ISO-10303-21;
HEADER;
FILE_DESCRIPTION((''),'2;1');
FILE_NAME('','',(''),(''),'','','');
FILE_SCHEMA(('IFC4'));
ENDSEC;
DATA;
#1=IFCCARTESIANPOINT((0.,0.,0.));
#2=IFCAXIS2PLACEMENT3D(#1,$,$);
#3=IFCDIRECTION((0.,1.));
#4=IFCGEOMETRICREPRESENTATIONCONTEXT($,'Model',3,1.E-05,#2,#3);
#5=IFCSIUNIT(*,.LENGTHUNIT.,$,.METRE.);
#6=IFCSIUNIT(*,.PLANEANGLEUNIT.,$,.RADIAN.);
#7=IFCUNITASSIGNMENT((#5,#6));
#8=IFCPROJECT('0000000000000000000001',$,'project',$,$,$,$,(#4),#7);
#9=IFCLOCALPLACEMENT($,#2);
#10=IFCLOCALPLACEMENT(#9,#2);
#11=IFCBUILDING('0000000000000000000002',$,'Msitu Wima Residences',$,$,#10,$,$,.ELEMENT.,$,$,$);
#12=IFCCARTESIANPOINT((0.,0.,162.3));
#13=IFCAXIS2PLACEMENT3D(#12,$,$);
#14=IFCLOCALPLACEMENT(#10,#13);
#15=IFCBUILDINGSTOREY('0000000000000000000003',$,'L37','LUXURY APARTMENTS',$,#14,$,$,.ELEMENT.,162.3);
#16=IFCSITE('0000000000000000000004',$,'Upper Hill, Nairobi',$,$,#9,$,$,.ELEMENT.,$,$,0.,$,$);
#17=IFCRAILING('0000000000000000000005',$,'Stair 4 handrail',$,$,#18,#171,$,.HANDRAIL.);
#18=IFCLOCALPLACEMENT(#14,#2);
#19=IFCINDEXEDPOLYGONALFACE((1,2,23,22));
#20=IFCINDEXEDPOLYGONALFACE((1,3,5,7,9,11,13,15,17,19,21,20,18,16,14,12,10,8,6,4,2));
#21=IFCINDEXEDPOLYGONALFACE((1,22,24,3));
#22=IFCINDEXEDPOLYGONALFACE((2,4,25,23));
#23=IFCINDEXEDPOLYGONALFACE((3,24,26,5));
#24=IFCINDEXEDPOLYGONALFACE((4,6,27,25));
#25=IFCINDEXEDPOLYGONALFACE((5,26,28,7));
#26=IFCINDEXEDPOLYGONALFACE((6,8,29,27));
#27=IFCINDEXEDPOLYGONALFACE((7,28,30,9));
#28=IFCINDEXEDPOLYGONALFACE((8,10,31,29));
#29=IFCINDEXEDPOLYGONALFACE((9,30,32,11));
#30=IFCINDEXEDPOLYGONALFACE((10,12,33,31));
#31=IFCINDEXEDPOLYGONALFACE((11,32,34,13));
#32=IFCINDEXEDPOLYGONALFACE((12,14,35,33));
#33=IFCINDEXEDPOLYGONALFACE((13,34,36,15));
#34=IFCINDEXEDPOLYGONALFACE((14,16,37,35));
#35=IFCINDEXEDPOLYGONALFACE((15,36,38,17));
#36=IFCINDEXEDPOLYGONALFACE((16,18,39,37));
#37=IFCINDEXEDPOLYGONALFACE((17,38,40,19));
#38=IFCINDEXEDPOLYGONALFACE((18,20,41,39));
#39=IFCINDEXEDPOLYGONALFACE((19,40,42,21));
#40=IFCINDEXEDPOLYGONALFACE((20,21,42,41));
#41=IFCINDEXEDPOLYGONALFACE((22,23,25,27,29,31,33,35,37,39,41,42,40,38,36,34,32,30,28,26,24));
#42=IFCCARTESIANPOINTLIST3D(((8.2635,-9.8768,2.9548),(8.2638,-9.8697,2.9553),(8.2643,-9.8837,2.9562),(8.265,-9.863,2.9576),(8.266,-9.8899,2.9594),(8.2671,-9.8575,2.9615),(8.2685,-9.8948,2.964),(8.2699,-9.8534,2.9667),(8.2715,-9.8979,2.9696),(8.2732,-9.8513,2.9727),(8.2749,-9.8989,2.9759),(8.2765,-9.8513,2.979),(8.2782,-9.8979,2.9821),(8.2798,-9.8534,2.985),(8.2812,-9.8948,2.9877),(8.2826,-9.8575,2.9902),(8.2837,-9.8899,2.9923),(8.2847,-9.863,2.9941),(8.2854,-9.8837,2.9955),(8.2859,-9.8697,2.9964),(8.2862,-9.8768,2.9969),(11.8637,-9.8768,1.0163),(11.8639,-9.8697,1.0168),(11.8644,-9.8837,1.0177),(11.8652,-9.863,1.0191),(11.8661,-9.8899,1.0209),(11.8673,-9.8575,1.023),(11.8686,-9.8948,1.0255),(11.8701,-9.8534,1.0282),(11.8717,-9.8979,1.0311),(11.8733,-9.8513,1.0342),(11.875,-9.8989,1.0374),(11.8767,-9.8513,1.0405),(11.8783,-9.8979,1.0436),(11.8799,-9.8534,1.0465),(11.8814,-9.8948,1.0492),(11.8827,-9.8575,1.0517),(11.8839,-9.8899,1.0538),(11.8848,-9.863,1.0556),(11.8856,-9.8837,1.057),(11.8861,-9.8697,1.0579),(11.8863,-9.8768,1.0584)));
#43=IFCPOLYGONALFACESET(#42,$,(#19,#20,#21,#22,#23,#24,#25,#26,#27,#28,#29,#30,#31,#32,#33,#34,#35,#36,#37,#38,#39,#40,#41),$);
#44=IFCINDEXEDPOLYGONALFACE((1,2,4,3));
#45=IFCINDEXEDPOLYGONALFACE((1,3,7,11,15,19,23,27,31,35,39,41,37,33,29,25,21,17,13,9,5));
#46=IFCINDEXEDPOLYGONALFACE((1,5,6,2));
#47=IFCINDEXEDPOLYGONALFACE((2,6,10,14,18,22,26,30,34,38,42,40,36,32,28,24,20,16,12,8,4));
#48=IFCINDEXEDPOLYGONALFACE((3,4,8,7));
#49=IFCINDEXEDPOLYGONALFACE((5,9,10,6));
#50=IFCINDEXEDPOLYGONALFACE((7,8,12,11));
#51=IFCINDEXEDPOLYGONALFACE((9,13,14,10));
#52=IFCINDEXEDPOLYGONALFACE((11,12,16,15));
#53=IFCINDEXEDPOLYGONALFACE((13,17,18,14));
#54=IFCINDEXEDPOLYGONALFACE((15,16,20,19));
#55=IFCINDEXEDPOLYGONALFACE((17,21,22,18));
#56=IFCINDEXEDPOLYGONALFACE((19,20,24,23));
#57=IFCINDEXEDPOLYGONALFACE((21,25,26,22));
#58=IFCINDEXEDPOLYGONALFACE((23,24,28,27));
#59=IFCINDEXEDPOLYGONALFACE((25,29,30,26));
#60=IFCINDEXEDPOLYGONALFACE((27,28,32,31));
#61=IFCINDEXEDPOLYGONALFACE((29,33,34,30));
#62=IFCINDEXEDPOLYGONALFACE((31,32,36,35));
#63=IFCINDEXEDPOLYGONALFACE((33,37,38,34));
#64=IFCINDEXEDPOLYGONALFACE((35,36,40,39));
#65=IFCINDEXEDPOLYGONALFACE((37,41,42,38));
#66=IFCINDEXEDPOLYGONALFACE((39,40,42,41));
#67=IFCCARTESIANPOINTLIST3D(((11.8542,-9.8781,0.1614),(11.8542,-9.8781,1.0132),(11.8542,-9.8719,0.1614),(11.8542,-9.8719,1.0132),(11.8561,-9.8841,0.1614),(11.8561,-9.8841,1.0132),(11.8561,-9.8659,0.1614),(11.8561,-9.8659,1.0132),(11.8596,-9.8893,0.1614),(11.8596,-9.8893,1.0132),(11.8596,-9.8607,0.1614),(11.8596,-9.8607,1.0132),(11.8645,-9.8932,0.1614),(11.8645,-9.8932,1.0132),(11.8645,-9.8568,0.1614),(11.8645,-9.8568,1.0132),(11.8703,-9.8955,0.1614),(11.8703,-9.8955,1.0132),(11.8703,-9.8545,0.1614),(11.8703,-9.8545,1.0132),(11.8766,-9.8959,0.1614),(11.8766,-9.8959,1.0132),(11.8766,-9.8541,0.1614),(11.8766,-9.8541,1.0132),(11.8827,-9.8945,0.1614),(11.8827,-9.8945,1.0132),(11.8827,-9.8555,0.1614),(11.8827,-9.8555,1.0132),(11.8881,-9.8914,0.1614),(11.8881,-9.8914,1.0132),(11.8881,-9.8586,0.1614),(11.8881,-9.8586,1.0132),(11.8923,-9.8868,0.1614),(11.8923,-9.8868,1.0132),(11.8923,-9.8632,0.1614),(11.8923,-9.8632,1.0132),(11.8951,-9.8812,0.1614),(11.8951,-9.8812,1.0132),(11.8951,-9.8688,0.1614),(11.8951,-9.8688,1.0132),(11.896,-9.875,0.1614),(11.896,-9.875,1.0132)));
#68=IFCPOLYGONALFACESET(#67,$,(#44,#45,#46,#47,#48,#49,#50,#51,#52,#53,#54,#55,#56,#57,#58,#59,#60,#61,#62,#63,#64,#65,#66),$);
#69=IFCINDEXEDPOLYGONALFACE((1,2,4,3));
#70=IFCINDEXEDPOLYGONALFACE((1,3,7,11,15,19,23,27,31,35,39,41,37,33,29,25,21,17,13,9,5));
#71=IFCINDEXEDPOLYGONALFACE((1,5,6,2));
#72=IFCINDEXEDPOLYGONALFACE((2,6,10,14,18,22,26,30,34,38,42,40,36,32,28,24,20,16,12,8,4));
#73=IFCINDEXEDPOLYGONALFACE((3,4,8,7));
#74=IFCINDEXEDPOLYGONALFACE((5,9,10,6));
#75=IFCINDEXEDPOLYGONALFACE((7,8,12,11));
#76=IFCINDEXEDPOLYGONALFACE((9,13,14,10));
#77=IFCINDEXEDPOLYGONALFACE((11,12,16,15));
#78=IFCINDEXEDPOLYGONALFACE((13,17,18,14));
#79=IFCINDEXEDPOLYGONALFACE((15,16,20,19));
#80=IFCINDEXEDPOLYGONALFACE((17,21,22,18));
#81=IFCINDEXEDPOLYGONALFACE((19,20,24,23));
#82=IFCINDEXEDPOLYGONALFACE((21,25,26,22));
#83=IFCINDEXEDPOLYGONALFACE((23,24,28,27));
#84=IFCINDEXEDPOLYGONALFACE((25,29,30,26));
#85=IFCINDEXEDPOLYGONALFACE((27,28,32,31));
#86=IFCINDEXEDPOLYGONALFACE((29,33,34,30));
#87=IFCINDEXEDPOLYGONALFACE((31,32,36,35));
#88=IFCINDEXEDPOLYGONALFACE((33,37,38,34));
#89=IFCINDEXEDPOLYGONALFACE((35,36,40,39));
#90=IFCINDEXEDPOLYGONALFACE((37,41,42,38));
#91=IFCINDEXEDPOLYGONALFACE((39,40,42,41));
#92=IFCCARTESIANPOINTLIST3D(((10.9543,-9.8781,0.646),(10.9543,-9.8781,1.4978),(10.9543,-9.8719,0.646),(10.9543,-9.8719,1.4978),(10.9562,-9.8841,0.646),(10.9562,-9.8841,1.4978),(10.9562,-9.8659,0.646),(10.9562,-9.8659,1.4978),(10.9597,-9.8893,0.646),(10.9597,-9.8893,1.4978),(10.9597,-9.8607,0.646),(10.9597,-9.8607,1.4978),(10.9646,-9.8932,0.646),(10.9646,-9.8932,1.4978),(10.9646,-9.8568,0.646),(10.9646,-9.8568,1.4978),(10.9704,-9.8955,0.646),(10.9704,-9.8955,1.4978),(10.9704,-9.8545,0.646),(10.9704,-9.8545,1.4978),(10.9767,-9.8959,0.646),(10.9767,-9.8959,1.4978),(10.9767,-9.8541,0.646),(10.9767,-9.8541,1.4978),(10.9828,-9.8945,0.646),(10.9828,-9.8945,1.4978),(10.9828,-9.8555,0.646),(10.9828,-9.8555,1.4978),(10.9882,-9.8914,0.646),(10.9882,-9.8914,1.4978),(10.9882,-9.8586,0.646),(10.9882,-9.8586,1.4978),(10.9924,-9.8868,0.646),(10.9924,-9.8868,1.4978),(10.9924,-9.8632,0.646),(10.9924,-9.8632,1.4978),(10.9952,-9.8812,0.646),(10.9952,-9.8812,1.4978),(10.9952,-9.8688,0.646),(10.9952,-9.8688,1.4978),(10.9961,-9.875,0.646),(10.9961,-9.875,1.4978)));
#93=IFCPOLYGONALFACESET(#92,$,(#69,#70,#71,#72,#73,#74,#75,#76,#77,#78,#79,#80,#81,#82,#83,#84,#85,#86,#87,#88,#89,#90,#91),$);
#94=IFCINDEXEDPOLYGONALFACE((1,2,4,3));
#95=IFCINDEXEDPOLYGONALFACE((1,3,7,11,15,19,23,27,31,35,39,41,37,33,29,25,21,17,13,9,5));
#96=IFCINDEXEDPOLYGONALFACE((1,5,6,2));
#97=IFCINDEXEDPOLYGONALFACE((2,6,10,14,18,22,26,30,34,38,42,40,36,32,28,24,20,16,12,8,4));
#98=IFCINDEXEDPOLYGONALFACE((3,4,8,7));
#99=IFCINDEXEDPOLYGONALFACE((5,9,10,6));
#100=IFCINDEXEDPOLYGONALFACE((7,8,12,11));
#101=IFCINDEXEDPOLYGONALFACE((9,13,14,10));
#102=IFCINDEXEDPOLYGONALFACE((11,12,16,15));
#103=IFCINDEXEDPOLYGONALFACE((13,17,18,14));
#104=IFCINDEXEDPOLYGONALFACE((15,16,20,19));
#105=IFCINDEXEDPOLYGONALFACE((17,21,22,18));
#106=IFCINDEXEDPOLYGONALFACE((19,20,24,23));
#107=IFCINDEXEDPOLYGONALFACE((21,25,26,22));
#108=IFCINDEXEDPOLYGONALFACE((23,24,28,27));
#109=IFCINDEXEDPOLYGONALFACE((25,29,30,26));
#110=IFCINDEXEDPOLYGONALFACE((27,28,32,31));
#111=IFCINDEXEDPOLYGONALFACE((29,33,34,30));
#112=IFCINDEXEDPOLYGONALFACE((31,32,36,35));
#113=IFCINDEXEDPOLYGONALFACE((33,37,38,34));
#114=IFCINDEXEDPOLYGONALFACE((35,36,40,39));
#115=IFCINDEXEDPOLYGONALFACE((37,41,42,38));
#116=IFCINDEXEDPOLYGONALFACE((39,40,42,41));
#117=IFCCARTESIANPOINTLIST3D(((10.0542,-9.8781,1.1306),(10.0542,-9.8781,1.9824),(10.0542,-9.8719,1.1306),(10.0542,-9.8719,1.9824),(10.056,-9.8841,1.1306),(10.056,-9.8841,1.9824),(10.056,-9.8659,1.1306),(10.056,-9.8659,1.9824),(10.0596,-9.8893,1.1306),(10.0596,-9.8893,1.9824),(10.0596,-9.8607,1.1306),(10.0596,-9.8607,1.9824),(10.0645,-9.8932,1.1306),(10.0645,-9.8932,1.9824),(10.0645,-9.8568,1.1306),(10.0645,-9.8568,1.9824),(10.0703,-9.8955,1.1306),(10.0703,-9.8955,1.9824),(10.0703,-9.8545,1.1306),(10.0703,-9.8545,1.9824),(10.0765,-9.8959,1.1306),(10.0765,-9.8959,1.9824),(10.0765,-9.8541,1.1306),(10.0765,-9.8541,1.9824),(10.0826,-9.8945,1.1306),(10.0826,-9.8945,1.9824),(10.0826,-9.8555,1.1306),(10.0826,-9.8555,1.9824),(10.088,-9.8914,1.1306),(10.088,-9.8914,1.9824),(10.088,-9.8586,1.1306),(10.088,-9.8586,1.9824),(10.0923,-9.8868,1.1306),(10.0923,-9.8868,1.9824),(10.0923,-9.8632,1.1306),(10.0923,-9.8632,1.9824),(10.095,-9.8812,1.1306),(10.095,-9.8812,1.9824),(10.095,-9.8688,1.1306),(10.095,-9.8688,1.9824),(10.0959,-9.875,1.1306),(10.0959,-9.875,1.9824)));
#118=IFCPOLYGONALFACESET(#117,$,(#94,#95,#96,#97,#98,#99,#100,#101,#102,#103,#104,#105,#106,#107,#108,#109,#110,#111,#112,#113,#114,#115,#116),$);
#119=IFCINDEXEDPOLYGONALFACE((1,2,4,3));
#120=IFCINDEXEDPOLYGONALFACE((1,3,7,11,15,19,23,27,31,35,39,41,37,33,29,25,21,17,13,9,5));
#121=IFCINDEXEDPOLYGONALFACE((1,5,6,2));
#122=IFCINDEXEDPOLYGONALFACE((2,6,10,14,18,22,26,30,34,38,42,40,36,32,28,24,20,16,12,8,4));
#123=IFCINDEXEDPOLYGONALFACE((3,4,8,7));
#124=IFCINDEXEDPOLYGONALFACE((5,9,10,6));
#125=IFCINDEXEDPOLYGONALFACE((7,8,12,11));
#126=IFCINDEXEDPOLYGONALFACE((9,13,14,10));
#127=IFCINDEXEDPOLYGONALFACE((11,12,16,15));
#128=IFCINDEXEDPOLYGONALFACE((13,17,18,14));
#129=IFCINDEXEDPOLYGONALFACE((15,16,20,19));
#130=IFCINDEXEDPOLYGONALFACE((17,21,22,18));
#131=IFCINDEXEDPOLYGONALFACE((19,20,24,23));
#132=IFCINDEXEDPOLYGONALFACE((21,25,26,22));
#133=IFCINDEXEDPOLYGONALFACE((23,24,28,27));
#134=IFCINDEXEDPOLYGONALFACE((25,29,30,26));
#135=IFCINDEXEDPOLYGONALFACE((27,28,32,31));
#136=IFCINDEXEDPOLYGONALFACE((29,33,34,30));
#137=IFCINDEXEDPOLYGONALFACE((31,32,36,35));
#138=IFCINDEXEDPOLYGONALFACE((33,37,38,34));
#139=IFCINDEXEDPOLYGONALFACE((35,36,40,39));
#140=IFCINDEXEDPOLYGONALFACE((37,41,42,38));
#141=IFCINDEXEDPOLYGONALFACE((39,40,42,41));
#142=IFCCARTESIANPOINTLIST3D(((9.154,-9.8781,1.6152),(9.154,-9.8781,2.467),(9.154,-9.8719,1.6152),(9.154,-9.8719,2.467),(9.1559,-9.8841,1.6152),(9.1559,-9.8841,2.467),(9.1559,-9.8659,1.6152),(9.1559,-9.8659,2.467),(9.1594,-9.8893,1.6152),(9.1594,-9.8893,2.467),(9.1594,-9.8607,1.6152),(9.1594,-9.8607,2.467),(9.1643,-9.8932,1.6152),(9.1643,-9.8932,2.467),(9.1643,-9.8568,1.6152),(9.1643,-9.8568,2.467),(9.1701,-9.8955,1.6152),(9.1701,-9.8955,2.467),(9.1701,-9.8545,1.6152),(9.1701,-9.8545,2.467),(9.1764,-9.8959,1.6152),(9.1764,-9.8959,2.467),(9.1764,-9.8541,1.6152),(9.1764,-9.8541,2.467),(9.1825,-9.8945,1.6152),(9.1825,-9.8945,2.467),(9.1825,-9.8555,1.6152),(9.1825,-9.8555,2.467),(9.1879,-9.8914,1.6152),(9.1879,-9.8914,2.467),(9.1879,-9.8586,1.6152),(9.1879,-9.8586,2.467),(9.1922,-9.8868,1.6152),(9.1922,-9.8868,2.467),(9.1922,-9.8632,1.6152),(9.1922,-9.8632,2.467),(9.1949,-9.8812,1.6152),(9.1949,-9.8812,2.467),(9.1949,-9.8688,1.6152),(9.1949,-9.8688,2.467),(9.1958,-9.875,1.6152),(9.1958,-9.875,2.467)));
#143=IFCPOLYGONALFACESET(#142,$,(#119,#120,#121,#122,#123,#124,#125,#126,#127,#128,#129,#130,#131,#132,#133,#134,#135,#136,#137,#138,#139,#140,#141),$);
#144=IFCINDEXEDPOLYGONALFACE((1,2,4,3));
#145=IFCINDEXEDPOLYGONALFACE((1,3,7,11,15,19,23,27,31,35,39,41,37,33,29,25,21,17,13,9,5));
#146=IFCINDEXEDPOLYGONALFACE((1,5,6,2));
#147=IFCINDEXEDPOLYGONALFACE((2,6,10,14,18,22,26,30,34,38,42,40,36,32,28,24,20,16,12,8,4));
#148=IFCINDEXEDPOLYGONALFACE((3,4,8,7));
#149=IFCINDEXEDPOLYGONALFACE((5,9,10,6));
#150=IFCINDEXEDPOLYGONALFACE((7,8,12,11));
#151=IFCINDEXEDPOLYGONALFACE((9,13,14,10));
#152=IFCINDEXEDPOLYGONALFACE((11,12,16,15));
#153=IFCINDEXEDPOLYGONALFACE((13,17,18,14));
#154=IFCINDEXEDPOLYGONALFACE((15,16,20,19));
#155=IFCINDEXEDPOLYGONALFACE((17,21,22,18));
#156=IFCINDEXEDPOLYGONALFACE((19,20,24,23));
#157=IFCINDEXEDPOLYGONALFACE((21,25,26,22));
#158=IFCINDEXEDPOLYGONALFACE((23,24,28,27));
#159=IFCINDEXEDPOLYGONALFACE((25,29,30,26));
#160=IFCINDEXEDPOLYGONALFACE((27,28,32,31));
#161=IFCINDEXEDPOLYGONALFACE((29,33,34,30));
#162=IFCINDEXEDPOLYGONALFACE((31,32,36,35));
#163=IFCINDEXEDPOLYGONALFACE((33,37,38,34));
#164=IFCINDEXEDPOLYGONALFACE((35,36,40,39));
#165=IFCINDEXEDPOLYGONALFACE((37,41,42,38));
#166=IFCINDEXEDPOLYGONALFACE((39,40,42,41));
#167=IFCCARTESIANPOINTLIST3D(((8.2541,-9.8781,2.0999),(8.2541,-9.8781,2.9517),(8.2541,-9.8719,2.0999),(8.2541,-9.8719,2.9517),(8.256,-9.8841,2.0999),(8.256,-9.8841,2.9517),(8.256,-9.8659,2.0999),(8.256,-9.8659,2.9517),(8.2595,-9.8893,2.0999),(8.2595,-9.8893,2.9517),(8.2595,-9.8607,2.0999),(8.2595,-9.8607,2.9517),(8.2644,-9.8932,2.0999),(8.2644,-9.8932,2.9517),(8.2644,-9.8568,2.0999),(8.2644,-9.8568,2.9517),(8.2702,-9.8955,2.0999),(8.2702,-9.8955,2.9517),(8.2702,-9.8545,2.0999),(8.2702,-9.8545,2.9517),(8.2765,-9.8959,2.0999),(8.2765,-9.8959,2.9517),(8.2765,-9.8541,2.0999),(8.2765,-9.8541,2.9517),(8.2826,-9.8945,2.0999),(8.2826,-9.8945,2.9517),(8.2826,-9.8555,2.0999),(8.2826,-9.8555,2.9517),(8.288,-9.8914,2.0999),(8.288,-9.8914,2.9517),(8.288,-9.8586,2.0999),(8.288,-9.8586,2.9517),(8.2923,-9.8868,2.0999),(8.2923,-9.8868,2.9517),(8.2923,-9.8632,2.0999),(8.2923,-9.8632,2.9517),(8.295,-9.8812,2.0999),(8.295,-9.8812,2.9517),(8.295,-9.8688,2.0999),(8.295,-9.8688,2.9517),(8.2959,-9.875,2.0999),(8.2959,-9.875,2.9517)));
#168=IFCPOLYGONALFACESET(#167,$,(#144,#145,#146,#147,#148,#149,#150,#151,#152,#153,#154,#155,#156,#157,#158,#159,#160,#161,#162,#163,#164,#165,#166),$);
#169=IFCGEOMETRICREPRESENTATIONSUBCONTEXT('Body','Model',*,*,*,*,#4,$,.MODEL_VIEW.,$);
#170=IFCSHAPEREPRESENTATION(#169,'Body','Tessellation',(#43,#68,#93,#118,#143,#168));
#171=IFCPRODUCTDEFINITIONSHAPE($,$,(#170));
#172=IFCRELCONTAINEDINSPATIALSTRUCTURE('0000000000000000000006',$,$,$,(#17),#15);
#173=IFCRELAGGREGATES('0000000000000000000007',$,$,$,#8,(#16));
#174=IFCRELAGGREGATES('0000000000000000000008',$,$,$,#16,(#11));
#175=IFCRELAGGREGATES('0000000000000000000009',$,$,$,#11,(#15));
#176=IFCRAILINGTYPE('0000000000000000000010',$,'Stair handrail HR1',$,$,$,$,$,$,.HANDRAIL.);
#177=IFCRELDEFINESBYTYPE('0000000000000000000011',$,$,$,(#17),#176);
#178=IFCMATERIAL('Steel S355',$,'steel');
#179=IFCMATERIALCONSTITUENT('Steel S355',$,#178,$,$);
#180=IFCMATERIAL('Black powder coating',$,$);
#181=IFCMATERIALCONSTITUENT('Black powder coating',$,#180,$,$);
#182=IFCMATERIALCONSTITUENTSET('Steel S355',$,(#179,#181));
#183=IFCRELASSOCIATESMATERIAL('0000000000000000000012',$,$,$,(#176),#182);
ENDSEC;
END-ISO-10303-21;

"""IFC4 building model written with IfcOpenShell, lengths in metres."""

from ifc_helpers import new_model, si_unit, direction, frame, origin, origin_2d, place, context, subcontext, project, spatial, circle, extrude, material, constituent, constituent_set, type_object, element, save


model = new_model("IFC4")

# Units and contexts
model_context = context("Model", 3, precision=1e-05, world=origin(), true_north=direction((0.0, 1.0)))
body_context = subcontext(model_context, "Body", "Model", "MODEL_VIEW")
ifc_project = project(units=[si_unit("LENGTHUNIT", "METRE"), si_unit("PLANEANGLEUNIT", "RADIAN")], contexts=[model_context])

# Site, building, storey
site_placement = place(None, origin())
site = spatial("IfcSite", under=ifc_project, at=site_placement, Name="Upper Hill, Nairobi", CompositionType="ELEMENT", RefElevation=0.0)
building_placement = place(site_placement, origin())
building = spatial("IfcBuilding", under=site, at=building_placement, Name="Msitu Wima Residences", CompositionType="ELEMENT")
storey_placement = place(building_placement, frame((0.0, 0.0, 162.3)))
storey = spatial("IfcBuildingStorey", under=building, at=storey_placement, Name="L37", Description="LUXURY APARTMENTS", CompositionType="ELEMENT", Elevation=162.3)

# Railing
ifc_material_1 = material(Name="Steel S355", Category="steel")
ifc_constituent_1 = constituent(ifc_material_1, Name="Steel S355")
ifc_material_2 = material(Name="Black powder coating")
ifc_constituent_2 = constituent(ifc_material_2, Name="Black powder coating")
ifc_constituent_set = constituent_set(constituents=[ifc_constituent_1, ifc_constituent_2], Name="Steel S355")
railing_type = type_object("IfcRailingType", Name="Stair handrail HR1", PredefinedType="HANDRAIL", material=ifc_constituent_set)
for number, where, name in (
    (1, (11.875, -9.875, 0.1614), "Stair 4 handrail"),
):
    element("IfcRailing", number, at=place(storey_placement, frame(where)), inside=storey, type_object=railing_type, Name=name, PredefinedType="HANDRAIL", context=body_context, shape_type="SweptSolid", body=[
        extrude(circle(Radius=0.0239, at=origin_2d()), frame((0.0, 0.0, 0.876), z_axis=(-0.880475, 0.0, 0.474093), x_axis=(0.0, -1.0, 0.0)), (0.0, 0.0, 1.0), 4.0889),
        extrude(circle(Radius=0.021, at=origin_2d()), origin(), (0.0, 0.0, 1.0), 0.8518),
        extrude(circle(Radius=0.021, at=origin_2d()), frame((-0.8999, 0.0, 0.4846)), (0.0, 0.0, 1.0), 0.8518),
        extrude(circle(Radius=0.021, at=origin_2d()), frame((-1.8, 0.0, 0.9692)), (0.0, 0.0, 1.0), 0.8518),
        extrude(circle(Radius=0.021, at=origin_2d()), frame((-2.7002, 0.0, 1.4539)), (0.0, 0.0, 1.0), 0.8518),
        extrude(circle(Radius=0.021, at=origin_2d()), frame((-3.6001, 0.0, 1.9385)), (0.0, 0.0, 1.0), 0.8518),
    ])

save(model, "model.ifc")
